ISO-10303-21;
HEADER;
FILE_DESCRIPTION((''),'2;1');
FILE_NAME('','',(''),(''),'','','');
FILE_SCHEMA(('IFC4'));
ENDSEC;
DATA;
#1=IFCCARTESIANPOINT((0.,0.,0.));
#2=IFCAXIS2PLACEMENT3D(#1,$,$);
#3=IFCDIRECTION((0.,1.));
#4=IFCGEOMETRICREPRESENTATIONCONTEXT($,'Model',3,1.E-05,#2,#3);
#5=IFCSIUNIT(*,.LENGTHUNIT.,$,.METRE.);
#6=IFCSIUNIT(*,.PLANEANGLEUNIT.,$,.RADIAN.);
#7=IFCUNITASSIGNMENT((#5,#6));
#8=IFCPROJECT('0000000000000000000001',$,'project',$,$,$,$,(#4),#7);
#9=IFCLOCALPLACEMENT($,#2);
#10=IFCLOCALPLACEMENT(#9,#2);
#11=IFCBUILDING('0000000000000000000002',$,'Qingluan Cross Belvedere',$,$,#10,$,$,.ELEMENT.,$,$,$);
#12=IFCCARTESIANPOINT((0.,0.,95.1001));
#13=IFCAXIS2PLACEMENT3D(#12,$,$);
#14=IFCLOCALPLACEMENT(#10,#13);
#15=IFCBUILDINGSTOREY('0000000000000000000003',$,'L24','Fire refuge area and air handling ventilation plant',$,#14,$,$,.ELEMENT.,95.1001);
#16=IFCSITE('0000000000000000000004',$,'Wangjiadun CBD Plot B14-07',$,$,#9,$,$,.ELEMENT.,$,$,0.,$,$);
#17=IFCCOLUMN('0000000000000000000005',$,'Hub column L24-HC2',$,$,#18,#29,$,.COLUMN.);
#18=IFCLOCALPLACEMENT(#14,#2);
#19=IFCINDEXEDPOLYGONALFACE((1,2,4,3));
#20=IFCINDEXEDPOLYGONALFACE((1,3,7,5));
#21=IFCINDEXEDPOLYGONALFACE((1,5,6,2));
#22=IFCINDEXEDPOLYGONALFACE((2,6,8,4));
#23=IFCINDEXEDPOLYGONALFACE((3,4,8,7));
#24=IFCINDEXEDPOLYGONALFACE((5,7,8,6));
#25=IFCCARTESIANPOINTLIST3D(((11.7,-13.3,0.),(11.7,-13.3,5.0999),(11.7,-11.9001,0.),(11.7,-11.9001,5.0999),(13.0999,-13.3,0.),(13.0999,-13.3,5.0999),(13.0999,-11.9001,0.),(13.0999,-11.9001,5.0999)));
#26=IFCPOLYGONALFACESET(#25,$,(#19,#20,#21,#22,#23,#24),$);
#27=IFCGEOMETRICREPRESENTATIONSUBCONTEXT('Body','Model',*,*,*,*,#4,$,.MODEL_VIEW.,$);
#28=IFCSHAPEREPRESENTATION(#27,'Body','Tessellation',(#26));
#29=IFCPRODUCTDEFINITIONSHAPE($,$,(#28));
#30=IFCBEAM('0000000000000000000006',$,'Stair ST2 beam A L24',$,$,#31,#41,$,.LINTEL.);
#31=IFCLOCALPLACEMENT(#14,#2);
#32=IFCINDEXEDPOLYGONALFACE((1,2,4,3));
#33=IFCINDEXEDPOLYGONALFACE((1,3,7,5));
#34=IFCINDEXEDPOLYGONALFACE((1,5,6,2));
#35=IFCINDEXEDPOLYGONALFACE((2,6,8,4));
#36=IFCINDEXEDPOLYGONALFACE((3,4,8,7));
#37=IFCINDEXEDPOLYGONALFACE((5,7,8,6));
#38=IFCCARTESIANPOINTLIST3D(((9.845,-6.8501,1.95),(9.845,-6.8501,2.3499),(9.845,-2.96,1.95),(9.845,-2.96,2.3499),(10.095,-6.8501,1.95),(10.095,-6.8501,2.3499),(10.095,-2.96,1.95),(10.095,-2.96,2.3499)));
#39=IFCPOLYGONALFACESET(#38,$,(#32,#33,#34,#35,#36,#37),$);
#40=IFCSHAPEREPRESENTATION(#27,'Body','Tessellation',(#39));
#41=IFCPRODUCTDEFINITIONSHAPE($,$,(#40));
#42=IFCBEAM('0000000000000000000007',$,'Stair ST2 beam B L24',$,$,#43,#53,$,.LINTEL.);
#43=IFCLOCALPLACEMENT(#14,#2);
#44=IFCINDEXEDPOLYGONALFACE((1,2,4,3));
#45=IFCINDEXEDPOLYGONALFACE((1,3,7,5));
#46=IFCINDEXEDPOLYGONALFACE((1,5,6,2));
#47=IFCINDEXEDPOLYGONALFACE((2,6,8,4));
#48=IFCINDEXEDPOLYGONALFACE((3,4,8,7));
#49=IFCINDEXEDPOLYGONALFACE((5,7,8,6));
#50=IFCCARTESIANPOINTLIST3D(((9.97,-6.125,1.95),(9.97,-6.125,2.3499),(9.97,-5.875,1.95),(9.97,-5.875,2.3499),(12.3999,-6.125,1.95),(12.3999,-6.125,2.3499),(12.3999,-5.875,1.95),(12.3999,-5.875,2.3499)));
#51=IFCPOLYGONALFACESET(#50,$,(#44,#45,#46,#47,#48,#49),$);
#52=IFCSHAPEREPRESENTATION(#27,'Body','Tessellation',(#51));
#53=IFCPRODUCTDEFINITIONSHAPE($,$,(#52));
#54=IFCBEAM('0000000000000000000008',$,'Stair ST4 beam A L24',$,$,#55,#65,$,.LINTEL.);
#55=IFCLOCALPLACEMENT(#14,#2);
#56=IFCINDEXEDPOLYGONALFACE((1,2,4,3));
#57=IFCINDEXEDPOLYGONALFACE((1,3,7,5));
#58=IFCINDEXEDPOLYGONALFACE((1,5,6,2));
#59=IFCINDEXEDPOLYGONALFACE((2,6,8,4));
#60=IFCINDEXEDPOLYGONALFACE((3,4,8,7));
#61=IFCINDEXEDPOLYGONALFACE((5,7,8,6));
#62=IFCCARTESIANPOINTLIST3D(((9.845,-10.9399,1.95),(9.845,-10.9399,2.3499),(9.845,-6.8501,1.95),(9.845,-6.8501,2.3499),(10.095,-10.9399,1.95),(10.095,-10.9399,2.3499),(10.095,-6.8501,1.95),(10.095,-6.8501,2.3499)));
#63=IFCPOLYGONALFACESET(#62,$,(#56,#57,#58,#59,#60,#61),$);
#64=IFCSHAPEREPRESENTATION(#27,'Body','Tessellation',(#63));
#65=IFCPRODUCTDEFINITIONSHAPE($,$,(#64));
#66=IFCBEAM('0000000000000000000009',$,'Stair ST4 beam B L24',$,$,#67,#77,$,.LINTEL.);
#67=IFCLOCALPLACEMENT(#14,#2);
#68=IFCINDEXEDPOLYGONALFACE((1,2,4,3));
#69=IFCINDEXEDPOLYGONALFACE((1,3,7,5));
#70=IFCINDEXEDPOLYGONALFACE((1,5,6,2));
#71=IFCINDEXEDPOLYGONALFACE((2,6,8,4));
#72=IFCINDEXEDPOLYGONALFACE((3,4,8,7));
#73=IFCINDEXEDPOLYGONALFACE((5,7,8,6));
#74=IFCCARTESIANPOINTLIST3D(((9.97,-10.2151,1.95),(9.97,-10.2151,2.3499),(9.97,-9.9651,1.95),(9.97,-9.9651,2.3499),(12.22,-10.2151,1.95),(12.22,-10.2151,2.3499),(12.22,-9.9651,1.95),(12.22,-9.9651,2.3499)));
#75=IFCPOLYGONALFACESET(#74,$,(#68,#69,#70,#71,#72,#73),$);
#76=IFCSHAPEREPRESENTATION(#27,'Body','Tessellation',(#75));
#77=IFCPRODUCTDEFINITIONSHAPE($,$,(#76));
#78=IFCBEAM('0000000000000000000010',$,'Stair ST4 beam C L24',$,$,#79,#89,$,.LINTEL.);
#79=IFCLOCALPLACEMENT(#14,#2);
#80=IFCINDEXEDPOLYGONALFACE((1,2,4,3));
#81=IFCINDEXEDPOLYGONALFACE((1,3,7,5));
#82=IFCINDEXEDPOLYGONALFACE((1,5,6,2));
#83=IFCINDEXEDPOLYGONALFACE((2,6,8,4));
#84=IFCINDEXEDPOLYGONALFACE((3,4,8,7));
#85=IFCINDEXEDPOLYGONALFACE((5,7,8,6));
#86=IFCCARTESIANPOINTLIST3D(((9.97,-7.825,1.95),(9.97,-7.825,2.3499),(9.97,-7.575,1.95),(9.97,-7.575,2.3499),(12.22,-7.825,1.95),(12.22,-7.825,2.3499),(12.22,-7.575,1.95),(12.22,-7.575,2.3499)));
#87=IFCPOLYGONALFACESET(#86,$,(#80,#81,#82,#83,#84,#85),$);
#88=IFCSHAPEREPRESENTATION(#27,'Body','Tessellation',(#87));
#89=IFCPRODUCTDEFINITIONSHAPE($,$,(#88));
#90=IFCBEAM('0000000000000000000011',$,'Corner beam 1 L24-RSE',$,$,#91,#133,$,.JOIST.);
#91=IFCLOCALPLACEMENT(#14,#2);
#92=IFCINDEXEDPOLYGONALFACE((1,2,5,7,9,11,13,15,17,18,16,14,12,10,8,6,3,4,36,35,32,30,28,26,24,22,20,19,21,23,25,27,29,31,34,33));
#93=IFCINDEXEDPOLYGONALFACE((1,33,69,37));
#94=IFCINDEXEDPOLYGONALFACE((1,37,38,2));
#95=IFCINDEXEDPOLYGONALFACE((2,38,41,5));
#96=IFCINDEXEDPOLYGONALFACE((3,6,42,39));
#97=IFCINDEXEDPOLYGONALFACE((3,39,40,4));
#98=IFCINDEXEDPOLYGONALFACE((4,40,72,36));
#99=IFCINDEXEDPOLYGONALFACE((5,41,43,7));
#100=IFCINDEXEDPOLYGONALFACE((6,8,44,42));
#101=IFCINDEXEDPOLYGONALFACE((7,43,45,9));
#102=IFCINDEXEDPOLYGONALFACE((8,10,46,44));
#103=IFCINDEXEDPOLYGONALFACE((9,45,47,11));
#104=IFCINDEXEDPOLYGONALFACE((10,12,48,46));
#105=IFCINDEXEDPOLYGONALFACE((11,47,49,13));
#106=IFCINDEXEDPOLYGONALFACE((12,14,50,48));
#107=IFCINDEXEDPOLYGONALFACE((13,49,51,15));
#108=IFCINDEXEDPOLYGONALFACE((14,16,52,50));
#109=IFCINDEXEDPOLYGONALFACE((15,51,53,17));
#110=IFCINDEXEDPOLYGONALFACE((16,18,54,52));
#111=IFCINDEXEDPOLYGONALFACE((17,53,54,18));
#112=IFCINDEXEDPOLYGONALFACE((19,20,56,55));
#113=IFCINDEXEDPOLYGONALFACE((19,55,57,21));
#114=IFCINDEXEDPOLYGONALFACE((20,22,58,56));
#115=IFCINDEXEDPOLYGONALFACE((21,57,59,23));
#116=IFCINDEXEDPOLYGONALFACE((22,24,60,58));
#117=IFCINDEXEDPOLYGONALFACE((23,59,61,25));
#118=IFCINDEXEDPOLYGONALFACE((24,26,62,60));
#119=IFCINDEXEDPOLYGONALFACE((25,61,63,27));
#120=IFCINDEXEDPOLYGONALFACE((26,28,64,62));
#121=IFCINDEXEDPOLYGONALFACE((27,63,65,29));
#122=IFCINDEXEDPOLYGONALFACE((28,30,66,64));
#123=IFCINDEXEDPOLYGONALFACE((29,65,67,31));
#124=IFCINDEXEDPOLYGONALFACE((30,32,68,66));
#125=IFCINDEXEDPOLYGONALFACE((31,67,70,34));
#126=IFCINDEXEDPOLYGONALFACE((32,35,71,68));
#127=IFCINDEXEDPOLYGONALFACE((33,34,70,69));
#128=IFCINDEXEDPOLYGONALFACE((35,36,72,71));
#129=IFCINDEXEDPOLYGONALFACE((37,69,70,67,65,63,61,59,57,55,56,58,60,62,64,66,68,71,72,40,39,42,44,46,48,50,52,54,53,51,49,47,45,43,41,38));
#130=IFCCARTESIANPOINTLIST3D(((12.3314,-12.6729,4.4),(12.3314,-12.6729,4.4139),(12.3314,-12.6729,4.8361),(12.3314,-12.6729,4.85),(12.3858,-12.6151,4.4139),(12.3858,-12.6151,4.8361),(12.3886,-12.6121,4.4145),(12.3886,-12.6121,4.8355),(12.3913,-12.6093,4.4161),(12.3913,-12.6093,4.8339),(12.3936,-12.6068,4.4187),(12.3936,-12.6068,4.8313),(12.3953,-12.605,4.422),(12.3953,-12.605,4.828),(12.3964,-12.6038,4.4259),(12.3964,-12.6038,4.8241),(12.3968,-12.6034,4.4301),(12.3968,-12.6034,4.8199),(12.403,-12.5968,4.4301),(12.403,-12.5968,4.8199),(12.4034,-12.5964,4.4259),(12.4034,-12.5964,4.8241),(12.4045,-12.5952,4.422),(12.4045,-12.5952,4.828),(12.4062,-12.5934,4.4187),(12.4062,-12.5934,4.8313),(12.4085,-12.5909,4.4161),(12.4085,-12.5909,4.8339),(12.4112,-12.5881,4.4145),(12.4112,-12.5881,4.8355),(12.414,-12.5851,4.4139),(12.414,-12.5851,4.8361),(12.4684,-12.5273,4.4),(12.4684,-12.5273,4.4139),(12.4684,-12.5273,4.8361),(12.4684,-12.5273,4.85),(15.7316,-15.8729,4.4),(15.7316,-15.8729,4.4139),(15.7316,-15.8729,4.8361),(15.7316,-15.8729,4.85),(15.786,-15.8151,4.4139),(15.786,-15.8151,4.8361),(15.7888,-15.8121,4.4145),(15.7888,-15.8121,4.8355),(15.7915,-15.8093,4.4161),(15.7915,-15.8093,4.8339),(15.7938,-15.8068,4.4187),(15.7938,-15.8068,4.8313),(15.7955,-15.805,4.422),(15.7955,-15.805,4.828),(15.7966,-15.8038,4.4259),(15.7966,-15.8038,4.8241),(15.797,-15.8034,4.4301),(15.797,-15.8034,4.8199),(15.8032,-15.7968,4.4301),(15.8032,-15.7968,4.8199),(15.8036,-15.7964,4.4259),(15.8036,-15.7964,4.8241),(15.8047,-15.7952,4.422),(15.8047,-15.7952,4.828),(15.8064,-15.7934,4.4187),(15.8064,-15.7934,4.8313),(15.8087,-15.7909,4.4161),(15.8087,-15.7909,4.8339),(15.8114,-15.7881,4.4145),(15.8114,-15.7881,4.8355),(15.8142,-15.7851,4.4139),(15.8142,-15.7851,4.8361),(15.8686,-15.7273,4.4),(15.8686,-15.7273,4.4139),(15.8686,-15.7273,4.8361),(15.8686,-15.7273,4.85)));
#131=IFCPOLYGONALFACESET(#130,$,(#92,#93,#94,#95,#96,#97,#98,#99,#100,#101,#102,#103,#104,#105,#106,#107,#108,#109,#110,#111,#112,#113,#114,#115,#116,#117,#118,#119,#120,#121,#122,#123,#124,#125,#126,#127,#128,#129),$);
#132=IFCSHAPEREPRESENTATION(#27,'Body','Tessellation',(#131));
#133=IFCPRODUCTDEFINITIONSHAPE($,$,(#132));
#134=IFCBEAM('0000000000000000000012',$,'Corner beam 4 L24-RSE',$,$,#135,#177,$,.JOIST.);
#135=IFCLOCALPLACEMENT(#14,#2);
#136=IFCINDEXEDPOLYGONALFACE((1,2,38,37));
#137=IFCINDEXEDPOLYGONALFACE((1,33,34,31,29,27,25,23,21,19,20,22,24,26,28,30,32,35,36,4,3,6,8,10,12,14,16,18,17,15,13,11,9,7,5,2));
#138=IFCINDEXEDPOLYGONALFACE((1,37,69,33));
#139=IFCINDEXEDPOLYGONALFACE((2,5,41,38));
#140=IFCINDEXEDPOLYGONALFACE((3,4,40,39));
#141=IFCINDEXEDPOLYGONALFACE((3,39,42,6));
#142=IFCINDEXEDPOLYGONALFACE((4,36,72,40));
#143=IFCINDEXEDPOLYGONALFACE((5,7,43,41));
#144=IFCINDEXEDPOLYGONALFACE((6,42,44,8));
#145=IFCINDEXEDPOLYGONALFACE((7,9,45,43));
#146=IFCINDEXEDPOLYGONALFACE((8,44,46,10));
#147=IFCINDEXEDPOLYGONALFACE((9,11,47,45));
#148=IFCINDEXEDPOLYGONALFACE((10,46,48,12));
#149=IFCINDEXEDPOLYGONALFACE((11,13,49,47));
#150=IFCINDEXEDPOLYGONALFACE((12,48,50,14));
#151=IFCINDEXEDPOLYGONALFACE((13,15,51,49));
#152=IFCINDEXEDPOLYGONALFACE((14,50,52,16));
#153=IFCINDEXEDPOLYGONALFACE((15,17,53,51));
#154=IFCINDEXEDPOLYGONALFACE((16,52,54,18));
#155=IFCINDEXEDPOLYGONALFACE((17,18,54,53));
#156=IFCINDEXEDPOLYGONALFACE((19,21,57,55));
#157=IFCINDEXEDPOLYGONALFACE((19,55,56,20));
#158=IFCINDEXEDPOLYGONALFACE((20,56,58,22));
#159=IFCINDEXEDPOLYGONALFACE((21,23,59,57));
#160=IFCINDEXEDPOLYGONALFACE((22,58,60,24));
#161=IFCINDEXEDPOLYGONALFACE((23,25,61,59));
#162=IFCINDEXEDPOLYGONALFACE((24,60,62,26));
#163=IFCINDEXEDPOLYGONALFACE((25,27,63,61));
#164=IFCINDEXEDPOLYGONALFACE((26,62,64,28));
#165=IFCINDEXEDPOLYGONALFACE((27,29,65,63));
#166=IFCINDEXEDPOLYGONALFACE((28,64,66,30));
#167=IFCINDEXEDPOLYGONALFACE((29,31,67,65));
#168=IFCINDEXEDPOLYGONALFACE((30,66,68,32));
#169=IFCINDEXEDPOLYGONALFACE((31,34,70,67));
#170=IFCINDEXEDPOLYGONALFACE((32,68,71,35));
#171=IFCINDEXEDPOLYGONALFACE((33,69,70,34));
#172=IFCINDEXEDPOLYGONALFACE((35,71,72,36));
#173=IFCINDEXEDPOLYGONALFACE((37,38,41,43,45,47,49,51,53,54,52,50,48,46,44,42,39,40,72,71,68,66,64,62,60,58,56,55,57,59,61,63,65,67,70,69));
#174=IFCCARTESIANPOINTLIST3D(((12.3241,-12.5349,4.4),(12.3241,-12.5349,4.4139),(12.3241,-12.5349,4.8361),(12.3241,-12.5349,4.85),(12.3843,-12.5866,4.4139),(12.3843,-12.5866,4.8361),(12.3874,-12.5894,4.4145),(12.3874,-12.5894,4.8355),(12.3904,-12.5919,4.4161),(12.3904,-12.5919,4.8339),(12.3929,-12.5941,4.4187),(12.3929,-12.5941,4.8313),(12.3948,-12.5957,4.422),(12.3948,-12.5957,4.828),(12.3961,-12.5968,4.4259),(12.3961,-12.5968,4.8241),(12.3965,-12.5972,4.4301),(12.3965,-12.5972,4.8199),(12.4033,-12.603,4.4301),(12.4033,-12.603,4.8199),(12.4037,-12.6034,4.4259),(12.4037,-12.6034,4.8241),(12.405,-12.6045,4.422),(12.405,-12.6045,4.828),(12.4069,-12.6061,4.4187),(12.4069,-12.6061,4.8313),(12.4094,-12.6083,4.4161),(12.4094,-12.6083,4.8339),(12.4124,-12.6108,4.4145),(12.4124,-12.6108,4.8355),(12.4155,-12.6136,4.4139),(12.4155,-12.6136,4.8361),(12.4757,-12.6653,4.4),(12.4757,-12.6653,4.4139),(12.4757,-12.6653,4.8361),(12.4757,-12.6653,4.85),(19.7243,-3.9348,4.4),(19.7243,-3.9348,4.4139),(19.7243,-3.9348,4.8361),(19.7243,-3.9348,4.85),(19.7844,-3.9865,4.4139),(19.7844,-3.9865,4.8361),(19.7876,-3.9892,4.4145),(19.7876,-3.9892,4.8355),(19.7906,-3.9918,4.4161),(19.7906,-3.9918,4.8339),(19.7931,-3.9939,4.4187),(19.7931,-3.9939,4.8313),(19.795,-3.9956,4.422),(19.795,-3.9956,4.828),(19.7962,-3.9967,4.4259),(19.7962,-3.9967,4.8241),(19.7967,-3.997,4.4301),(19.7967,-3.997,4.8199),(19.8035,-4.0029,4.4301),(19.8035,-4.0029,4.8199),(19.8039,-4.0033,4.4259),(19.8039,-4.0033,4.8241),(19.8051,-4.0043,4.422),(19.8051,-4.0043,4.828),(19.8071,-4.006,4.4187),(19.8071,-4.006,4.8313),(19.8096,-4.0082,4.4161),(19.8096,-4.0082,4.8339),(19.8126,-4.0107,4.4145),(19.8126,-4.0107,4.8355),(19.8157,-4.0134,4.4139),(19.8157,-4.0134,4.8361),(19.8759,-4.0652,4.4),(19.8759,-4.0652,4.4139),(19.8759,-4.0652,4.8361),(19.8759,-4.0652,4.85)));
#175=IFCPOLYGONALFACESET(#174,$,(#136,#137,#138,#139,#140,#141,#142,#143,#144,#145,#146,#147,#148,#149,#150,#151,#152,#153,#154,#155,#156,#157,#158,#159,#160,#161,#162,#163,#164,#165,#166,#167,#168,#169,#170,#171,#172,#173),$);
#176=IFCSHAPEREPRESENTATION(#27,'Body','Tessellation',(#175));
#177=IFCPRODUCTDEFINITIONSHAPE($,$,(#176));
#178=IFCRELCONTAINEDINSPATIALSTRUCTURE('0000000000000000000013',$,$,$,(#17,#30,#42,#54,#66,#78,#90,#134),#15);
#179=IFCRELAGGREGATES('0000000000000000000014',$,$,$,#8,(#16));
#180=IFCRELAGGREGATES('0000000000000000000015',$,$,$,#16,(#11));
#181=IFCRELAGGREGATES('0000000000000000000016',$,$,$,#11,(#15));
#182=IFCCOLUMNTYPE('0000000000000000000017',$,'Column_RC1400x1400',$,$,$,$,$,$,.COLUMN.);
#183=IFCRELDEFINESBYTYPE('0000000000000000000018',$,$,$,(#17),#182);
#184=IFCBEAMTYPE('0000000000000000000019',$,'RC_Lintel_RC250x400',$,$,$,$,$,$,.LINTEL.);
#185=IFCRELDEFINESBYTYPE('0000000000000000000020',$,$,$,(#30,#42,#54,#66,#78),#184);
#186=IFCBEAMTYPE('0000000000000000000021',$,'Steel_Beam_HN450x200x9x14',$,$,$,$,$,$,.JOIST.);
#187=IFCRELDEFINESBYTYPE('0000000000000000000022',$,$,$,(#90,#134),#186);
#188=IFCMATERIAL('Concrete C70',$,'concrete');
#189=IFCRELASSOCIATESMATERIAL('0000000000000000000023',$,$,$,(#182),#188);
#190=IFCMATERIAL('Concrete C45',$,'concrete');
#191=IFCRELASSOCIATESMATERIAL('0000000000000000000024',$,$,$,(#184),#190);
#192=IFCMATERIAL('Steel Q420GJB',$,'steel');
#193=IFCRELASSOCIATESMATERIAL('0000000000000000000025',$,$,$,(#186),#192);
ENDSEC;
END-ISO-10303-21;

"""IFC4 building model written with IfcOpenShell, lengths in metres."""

from ifc_helpers import new_model, si_unit, direction, frame, origin, origin_2d, place, context, subcontext, project, spatial, rectangle, i_section, extrude, material, material_profile, profile_set, type_object, element, save


model = new_model("IFC4")

# Units and contexts
model_context = context("Model", 3, precision=1e-05, world=origin(), true_north=direction((0.0, 1.0)))
body_context = subcontext(model_context, "Body", "Model", "MODEL_VIEW")
ifc_project = project(units=[si_unit("LENGTHUNIT", "METRE"), si_unit("PLANEANGLEUNIT", "RADIAN")], contexts=[model_context])

# Site, building, storey
site_placement = place(None, origin())
site = spatial("IfcSite", under=ifc_project, at=site_placement, Name="Wangjiadun CBD Plot B14-07", CompositionType="ELEMENT", RefElevation=0.0)
building_placement = place(site_placement, origin())
building = spatial("IfcBuilding", under=site, at=building_placement, Name="Qingluan Cross Belvedere", CompositionType="ELEMENT")
storey_placement = place(building_placement, frame((0.0, 0.0, 95.1001)))
storey = spatial("IfcBuildingStorey", under=building, at=storey_placement, Name="L24", Description="Fire refuge area and air handling ventilation plant", CompositionType="ELEMENT", Elevation=95.1001)

# Column
ifc_material_1 = material(Name="Concrete C70", Category="concrete")
ifc_material_profile_1 = material_profile(ifc_material_1, rectangle(XDim=1.3999, YDim=1.3999, at=origin_2d()), Name="RC1400x1400")
ifc_profile_set_1 = profile_set([ifc_material_profile_1], Name="Concrete C70")
column_type = type_object("IfcColumnType", Name="Column_RC1400x1400", PredefinedType="COLUMN", material=ifc_profile_set_1)
column_placement = place(storey_placement, frame((12.3999, -12.6001, 0.0), z_axis=(0.0, 0.0, 1.0), x_axis=(1.0, 0.0, 0.0)))
element("IfcColumn", 1, at=column_placement, inside=storey, type_object=column_type, Name="Hub column L24-HC2", PredefinedType="COLUMN", context=body_context, shape_type="SweptSolid", body=[
    extrude(rectangle(XDim=1.3999, YDim=1.3999, at=origin_2d()), origin(), (0.0, 0.0, 1.0), 5.0999),
])

# Beams
ifc_material_2 = material(Name="Concrete C45", Category="concrete")
ifc_material_profile_2 = material_profile(ifc_material_2, rectangle(XDim=0.25, YDim=0.3999, at=origin_2d()), Name="RC250x400")
ifc_profile_set_2 = profile_set([ifc_material_profile_2], Name="Concrete C45")
beam_type_1 = type_object("IfcBeamType", Name="RC_Lintel_RC250x400", PredefinedType="LINTEL", material=ifc_profile_set_2)
beam_1_placement = place(storey_placement, frame((9.97, -6.8501, 2.1499), z_axis=(0.0, 1.0, 0.0), x_axis=(-1.0, 0.0, 0.0)))
element("IfcBeam", 2, at=beam_1_placement, inside=storey, type_object=beam_type_1, Name="Stair ST2 beam A L24", PredefinedType="LINTEL", context=body_context, shape_type="SweptSolid", body=[
    extrude(rectangle(XDim=0.25, YDim=0.3999, at=origin_2d()), origin(), (0.0, 0.0, 1.0), 3.8901),
])
beam_2_placement = place(storey_placement, frame((12.3999, -6.0, 2.1499), z_axis=(-1.0, 0.0, 0.0), x_axis=(0.0, -1.0, 0.0)))
element("IfcBeam", 3, at=beam_2_placement, inside=storey, type_object=beam_type_1, Name="Stair ST2 beam B L24", PredefinedType="LINTEL", context=body_context, shape_type="SweptSolid", body=[
    extrude(rectangle(XDim=0.25, YDim=0.3999, at=origin_2d()), origin(), (0.0, 0.0, 1.0), 2.4299),
])
beam_3_placement = place(storey_placement, frame((9.97, -10.9399, 2.1499), z_axis=(0.0, 1.0, 0.0), x_axis=(-1.0, 0.0, 0.0)))
element("IfcBeam", 4, at=beam_3_placement, inside=storey, type_object=beam_type_1, Name="Stair ST4 beam A L24", PredefinedType="LINTEL", context=body_context, shape_type="SweptSolid", body=[
    extrude(rectangle(XDim=0.25, YDim=0.3999, at=origin_2d()), origin(), (0.0, 0.0, 1.0), 4.0898),
])
for number, where, z_axis, x_axis, name in (
    (5, (12.22, -10.0901, 2.1499), (-1.0, 0.0, 0.0), (0.0, -1.0, 0.0), "Stair ST4 beam B L24"),
    (6, (12.22, -7.7, 2.1499), (-1.0, 0.0, 0.0), (0.0, -1.0, 0.0), "Stair ST4 beam C L24"),
):
    element("IfcBeam", number, at=place(storey_placement, frame(where, z_axis=z_axis, x_axis=x_axis)), inside=storey, type_object=beam_type_1, Name=name, PredefinedType="LINTEL", context=body_context, shape_type="SweptSolid", body=[
        extrude(rectangle(XDim=0.25, YDim=0.3999, at=origin_2d()), origin(), (0.0, 0.0, 1.0), 2.25),
    ])
ifc_material_3 = material(Name="Steel Q420GJB", Category="steel")
ifc_material_profile_3 = material_profile(ifc_material_3, i_section(OverallWidth=0.2, OverallDepth=0.45, WebThickness=0.009, FlangeThickness=0.0139, FilletRadius=0.0161, at=origin_2d()), Name="HN450x200x9x14")
ifc_profile_set_3 = profile_set([ifc_material_profile_3], Name="Steel Q420GJB")
beam_type_2 = type_object("IfcBeamType", Name="Steel_Beam_HN450x200x9x14", PredefinedType="JOIST", material=ifc_profile_set_3)
beam_4_placement = place(storey_placement, frame((12.3999, -12.6001, 4.625), z_axis=(0.72822, -0.685343, 0.0), x_axis=(0.685343, 0.72822, 0.0)))
element("IfcBeam", 7, at=beam_4_placement, inside=storey, type_object=beam_type_2, Name="Corner beam 1 L24-RSE", PredefinedType="JOIST", context=body_context, shape_type="SweptSolid", body=[
    extrude(i_section(OverallWidth=0.2, OverallDepth=0.45, WebThickness=0.009, FlangeThickness=0.0139, FilletRadius=0.0161, at=origin_2d()), origin(), (0.0, 0.0, 1.0), 4.6692),
])
beam_5_placement = place(storey_placement, frame((12.3999, -12.6001, 4.625), z_axis=(0.652245, 0.758008, 0.0), x_axis=(-0.758008, 0.652245, 0.0)))
element("IfcBeam", 8, at=beam_5_placement, inside=storey, type_object=beam_type_2, Name="Corner beam 4 L24-RSE", PredefinedType="JOIST", context=body_context, shape_type="SweptSolid", body=[
    extrude(i_section(OverallWidth=0.2, OverallDepth=0.45, WebThickness=0.009, FlangeThickness=0.0139, FilletRadius=0.0161, at=origin_2d()), origin(), (0.0, 0.0, 1.0), 11.3457),
])

save(model, "model.ifc")
